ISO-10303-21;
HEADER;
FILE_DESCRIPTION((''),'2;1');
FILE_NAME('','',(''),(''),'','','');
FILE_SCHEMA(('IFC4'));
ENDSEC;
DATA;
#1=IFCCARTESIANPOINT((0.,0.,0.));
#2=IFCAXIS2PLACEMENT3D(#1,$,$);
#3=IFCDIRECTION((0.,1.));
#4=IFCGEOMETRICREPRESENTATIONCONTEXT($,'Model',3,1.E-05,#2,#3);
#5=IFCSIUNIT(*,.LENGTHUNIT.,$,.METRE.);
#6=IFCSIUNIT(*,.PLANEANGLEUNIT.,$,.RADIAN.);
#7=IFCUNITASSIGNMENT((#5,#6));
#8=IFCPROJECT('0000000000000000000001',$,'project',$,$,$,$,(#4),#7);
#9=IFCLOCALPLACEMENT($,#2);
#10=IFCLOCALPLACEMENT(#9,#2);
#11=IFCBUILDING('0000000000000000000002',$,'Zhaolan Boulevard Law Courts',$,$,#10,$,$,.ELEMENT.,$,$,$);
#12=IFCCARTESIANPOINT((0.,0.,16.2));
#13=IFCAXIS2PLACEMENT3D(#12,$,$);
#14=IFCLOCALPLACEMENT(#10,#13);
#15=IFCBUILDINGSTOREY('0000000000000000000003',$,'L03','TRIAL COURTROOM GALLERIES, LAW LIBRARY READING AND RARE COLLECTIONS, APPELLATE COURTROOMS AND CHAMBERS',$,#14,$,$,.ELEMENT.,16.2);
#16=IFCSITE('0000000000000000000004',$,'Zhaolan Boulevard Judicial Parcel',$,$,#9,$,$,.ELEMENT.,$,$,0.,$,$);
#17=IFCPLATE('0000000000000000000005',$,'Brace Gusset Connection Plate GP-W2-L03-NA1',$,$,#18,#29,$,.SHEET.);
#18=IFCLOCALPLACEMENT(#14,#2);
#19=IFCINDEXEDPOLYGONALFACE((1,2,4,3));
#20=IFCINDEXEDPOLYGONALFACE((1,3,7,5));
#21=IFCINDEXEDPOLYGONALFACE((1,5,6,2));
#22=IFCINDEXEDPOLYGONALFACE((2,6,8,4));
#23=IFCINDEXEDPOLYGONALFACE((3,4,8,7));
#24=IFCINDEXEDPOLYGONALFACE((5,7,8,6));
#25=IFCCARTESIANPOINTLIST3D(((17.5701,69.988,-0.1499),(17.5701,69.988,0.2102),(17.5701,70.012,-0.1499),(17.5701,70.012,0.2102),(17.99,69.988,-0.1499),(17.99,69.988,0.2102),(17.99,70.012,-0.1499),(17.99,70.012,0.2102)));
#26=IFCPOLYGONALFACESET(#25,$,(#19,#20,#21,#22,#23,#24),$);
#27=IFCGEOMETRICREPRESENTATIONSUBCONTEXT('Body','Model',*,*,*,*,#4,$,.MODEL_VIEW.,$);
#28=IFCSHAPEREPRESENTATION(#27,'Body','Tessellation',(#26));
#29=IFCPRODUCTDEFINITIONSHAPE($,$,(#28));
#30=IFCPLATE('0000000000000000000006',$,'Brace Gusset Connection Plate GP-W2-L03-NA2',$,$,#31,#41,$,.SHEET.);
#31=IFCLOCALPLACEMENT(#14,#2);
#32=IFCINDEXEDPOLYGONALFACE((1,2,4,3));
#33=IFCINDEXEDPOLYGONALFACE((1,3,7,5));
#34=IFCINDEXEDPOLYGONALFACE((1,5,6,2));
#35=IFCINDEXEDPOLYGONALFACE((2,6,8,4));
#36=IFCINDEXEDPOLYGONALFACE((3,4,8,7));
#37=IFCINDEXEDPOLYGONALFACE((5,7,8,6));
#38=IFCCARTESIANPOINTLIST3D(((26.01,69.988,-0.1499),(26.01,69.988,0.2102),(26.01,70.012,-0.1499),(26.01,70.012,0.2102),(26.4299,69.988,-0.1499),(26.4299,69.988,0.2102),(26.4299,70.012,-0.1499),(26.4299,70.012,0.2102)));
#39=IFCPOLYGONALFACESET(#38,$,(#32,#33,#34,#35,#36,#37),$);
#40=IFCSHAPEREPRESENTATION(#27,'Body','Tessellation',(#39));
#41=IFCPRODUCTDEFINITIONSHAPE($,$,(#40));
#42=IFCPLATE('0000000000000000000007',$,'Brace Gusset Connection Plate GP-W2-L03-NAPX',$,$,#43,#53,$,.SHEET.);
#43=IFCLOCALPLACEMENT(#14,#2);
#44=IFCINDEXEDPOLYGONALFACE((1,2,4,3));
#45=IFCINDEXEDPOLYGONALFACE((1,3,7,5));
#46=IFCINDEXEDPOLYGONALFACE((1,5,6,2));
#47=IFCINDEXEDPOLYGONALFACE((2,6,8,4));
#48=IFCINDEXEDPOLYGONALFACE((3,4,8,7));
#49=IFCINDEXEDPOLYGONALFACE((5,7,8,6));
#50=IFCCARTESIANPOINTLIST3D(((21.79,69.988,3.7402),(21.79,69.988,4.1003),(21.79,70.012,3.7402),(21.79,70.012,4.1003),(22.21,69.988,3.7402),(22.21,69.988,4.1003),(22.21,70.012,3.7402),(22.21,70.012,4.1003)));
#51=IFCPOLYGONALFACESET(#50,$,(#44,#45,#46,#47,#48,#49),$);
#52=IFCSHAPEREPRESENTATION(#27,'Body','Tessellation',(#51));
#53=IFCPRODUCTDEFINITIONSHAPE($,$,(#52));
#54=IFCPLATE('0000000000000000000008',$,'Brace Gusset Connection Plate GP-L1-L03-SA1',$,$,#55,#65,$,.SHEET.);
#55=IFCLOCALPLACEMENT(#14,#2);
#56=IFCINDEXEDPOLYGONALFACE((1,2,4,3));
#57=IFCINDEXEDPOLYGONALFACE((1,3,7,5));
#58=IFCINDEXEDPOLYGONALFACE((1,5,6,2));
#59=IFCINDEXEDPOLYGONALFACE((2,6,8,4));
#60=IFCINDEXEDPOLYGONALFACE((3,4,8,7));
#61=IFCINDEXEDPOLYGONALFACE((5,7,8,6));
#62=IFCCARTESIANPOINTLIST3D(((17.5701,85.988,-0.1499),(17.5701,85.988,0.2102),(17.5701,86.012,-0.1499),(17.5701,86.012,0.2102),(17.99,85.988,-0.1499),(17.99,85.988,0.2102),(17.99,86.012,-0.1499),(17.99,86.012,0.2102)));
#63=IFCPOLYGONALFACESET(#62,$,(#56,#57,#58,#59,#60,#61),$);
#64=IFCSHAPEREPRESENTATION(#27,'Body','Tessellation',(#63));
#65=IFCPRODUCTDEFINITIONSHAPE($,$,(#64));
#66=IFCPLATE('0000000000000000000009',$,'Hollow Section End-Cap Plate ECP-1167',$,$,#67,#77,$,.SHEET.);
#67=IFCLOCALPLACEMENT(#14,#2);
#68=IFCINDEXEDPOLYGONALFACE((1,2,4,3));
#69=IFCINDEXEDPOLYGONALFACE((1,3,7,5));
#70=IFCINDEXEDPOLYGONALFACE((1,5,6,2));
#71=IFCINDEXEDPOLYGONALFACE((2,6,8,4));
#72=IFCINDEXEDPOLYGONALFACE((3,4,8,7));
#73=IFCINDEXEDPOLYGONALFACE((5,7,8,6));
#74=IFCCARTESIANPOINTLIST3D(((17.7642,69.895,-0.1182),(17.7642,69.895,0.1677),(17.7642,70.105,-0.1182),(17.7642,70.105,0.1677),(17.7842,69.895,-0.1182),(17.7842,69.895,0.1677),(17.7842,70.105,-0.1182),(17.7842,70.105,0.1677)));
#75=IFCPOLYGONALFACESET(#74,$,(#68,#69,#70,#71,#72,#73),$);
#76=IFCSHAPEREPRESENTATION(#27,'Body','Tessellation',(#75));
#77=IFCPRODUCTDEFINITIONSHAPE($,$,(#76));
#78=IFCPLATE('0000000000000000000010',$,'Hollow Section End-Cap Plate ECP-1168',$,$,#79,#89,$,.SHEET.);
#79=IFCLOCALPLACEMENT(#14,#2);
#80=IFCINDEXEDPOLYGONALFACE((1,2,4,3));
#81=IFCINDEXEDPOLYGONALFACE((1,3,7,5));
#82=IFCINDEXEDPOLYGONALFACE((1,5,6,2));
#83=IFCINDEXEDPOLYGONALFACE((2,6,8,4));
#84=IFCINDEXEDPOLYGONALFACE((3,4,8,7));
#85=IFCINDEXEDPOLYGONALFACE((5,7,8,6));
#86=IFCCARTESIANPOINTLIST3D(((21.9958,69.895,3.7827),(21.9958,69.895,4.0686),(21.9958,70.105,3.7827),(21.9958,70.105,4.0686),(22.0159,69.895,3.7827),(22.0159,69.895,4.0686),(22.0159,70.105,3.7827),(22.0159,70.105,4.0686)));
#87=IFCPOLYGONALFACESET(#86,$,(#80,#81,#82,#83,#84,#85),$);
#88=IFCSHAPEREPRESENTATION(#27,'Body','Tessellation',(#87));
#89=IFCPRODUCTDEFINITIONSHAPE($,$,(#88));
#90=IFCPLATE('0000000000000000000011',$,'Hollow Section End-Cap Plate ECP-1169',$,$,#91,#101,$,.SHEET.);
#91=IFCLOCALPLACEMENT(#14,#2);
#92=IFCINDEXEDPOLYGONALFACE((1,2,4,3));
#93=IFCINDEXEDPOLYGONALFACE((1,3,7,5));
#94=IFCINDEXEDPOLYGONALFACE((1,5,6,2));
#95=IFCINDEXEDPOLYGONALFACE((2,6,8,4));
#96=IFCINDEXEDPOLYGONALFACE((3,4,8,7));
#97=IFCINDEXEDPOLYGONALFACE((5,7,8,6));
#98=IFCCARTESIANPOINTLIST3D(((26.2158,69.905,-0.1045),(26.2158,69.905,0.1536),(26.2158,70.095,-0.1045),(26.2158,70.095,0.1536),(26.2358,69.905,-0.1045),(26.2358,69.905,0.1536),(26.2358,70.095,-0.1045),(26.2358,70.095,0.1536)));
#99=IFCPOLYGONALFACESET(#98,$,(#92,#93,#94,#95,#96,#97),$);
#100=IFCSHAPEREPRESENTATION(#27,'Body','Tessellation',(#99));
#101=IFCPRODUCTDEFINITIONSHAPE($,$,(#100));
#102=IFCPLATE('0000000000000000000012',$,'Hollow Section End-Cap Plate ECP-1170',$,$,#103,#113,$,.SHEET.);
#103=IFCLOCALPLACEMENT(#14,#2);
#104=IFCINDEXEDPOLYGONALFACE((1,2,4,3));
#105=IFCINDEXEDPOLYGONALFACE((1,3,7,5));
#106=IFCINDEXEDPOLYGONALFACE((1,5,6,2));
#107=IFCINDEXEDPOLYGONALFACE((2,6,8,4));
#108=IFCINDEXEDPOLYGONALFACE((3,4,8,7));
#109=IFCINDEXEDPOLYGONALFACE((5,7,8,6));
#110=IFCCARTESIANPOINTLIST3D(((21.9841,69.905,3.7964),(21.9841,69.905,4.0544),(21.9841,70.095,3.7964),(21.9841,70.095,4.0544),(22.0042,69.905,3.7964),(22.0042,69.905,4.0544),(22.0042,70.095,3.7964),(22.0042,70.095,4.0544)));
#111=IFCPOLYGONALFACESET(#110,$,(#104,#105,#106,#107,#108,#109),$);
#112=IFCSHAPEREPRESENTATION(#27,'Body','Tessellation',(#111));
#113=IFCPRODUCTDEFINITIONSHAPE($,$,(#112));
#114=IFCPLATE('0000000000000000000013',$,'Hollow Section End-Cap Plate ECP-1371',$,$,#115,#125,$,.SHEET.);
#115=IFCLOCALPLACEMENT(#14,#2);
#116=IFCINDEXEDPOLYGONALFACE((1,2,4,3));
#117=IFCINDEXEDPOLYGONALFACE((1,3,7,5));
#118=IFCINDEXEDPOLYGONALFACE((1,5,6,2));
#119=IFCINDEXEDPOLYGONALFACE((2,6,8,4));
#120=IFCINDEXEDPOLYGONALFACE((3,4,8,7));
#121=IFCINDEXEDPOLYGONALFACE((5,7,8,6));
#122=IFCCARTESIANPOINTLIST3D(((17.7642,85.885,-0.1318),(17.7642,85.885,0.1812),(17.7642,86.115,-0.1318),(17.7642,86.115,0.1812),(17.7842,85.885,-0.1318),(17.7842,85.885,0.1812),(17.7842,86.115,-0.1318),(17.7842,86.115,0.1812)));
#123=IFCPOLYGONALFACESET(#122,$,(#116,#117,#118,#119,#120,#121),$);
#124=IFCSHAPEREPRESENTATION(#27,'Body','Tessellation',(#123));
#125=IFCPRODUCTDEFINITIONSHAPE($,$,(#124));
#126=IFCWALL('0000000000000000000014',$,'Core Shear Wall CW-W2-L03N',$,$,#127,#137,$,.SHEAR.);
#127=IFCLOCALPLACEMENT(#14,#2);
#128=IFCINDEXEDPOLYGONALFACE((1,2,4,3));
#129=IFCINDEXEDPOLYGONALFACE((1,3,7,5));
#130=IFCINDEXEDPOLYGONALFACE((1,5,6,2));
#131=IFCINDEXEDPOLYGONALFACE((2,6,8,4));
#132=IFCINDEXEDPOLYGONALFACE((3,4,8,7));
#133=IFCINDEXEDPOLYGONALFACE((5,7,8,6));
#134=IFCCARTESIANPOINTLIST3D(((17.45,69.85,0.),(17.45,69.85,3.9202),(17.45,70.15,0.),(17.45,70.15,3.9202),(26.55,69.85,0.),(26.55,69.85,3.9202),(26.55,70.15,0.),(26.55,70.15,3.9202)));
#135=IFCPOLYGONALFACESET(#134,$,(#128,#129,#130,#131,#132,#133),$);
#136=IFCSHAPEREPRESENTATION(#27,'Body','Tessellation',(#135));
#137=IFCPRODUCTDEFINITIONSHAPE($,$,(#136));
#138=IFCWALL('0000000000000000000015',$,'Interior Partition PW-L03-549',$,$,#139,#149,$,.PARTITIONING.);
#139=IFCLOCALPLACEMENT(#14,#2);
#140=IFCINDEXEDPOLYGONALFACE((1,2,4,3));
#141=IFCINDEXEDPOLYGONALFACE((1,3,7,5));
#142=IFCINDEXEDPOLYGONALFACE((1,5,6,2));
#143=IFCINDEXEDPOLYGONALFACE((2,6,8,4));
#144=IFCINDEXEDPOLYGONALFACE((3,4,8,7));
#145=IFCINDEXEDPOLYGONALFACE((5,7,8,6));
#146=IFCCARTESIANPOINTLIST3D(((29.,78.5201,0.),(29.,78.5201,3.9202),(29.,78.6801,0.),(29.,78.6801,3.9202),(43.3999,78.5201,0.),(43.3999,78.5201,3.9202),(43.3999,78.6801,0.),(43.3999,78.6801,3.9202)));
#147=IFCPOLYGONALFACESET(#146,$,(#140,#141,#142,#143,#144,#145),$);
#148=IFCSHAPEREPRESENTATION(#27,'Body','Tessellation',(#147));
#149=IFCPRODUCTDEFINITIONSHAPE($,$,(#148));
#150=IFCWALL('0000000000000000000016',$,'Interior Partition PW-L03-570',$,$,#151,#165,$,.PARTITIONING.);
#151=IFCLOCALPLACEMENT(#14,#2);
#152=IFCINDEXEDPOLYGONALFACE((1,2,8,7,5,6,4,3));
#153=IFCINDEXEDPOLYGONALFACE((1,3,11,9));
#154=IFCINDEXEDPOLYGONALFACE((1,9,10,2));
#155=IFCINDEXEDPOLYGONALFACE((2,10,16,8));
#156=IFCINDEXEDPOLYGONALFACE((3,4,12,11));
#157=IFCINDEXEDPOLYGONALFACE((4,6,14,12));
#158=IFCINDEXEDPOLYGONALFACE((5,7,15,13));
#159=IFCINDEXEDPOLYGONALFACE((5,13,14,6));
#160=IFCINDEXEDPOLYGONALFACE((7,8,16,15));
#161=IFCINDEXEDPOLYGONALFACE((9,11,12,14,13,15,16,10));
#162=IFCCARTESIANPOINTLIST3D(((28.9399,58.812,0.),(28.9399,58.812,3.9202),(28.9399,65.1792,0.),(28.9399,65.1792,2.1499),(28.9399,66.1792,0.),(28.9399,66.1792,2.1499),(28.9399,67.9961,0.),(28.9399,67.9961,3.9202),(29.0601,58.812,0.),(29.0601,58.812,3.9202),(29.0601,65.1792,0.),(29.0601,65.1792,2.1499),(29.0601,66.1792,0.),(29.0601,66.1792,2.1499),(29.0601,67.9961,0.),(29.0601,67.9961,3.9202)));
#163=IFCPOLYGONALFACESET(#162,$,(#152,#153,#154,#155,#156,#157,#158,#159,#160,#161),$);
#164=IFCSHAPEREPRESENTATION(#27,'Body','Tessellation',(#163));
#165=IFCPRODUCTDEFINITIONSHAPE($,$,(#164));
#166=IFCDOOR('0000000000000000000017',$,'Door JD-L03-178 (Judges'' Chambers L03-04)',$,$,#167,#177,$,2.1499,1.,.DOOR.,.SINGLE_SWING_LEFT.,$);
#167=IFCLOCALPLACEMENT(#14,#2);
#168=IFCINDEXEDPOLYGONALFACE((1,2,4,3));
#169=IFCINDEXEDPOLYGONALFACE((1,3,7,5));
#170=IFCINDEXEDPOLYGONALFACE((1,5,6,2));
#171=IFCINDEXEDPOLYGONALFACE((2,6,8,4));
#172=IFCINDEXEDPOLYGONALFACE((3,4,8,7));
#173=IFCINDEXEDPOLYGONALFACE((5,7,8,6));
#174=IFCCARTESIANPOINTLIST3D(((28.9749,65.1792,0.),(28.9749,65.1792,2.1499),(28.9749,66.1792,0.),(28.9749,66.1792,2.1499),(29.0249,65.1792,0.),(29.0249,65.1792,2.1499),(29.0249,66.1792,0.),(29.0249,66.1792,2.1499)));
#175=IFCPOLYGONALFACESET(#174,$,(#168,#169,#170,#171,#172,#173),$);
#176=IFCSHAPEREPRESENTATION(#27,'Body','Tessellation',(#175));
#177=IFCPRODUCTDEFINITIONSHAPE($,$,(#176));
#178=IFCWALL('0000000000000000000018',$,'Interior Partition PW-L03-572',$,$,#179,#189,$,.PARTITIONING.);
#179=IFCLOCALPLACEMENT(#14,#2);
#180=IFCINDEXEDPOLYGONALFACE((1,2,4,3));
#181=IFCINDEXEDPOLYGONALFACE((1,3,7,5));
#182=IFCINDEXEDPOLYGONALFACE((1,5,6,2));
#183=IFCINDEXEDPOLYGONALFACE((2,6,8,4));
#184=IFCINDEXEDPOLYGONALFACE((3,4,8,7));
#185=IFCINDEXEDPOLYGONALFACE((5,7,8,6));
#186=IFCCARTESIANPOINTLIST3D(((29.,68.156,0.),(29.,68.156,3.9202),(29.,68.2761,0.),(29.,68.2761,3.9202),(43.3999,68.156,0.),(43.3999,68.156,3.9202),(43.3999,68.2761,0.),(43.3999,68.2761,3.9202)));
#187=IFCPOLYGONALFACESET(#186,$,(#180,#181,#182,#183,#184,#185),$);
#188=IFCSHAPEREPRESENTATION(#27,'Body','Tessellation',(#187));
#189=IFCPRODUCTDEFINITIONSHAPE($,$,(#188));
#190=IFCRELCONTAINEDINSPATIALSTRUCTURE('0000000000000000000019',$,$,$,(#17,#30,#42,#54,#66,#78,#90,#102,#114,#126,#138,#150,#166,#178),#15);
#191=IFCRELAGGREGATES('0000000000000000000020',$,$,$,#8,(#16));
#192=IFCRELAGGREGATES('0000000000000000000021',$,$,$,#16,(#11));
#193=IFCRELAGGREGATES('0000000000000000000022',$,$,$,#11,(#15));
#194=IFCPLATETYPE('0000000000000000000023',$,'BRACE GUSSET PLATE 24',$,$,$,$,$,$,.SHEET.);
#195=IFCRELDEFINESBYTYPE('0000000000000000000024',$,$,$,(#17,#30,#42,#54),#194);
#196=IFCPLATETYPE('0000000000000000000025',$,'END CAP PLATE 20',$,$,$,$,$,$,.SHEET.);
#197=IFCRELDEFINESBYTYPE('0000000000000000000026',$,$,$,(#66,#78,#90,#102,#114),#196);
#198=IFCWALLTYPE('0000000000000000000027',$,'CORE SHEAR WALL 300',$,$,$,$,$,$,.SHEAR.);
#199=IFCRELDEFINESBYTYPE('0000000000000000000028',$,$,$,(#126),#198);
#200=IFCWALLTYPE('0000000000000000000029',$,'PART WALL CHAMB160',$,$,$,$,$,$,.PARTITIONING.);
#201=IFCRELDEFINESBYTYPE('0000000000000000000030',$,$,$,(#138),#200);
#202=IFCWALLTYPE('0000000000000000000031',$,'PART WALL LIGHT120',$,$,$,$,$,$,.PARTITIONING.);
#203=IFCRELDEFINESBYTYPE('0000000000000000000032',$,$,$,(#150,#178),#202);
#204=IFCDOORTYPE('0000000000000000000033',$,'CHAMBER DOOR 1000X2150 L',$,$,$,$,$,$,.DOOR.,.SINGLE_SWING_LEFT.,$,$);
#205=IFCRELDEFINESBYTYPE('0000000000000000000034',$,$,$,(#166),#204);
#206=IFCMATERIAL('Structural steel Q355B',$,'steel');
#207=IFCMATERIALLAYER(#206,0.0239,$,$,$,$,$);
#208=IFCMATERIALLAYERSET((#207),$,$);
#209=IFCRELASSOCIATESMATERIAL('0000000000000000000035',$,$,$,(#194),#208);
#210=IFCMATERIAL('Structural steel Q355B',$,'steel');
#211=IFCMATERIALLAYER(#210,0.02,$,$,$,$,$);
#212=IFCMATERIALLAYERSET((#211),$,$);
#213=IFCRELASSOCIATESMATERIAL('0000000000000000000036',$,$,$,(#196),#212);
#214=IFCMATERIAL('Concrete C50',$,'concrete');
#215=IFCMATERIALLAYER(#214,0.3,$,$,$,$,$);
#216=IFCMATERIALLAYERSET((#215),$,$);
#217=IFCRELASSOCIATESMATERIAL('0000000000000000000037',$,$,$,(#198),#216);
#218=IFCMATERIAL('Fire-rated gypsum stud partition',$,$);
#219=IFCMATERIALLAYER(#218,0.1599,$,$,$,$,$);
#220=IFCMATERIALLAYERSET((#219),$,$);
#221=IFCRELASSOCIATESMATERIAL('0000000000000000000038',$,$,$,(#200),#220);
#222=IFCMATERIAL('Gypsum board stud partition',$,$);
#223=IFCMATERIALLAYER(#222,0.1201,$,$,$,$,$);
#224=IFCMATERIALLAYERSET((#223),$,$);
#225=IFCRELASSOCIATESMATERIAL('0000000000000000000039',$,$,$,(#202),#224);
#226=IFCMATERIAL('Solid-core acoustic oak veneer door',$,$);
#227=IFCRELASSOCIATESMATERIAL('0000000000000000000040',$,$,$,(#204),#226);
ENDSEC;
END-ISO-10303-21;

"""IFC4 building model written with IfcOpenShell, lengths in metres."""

from ifc_helpers import new_model, si_unit, direction, frame, frame_2d, origin, origin_2d, place, context, subcontext, project, spatial, rectangle, extrude, material, layer, layer_set, type_object, element, fill, save


model = new_model("IFC4")

# Units and contexts
model_context = context("Model", 3, precision=1e-05, world=origin(), true_north=direction((0.0, 1.0)))
body_context = subcontext(model_context, "Body", "Model", "MODEL_VIEW")
ifc_project = project(units=[si_unit("LENGTHUNIT", "METRE"), si_unit("PLANEANGLEUNIT", "RADIAN")], contexts=[model_context])

# Site, building, storey
site_placement = place(None, origin())
site = spatial("IfcSite", under=ifc_project, at=site_placement, Name="Zhaolan Boulevard Judicial Parcel", CompositionType="ELEMENT", RefElevation=0.0)
building_placement = place(site_placement, origin())
building = spatial("IfcBuilding", under=site, at=building_placement, Name="Zhaolan Boulevard Law Courts", CompositionType="ELEMENT")
storey_placement = place(building_placement, frame((0.0, 0.0, 16.2)))
storey = spatial("IfcBuildingStorey", under=building, at=storey_placement, Name="L03", Description="TRIAL COURTROOM GALLERIES, LAW LIBRARY READING AND RARE COLLECTIONS, APPELLATE COURTROOMS AND CHAMBERS", CompositionType="ELEMENT", Elevation=16.2)

# Plates
ifc_material_1 = material(Name="Structural steel Q355B", Category="steel")
ifc_layer_1 = layer(ifc_material_1, 0.0239)
ifc_layer_set_1 = layer_set([ifc_layer_1])
plate_type_1 = type_object("IfcPlateType", Name="BRACE GUSSET PLATE 24", PredefinedType="SHEET", material=ifc_layer_set_1)
for number, where, z_axis, x_axis, name in (
    (1, (17.78, 70.0, -0.1499), (0.0, 0.0, 1.0), (1.0, 0.0, 0.0), "Brace Gusset Connection Plate GP-W2-L03-NA1"),
    (2, (26.22, 70.0, -0.1499), (0.0, 0.0, 1.0), (1.0, 0.0, 0.0), "Brace Gusset Connection Plate GP-W2-L03-NA2"),
    (3, (22.0, 70.0, 3.7402), (0.0, 0.0, 1.0), (1.0, 0.0, 0.0), "Brace Gusset Connection Plate GP-W2-L03-NAPX"),
    (4, (17.78, 86.0, -0.1499), (0.0, 0.0, 1.0), (1.0, 0.0, 0.0), "Brace Gusset Connection Plate GP-L1-L03-SA1"),
):
    element("IfcPlate", number, at=place(storey_placement, frame(where, z_axis=z_axis, x_axis=x_axis)), inside=storey, type_object=plate_type_1, Name=name, PredefinedType="SHEET", context=body_context, shape_type="SweptSolid", body=[
        extrude(rectangle(XDim=0.4199, YDim=0.0239, at=origin_2d()), origin(), (0.0, 0.0, 1.0), 0.3601),
    ])
ifc_material_2 = material(Name="Structural steel Q355B", Category="steel")
ifc_layer_2 = layer(ifc_material_2, 0.02)
ifc_layer_set_2 = layer_set([ifc_layer_2])
plate_type_2 = type_object("IfcPlateType", Name="END CAP PLATE 20", PredefinedType="SHEET", material=ifc_layer_set_2)
for number, where, z_axis, x_axis, name in (
    (5, (17.7742, 70.0, -0.1182), (0.0, 0.0, 1.0), (1.0, 0.0, 0.0), "Hollow Section End-Cap Plate ECP-1167"),
    (6, (22.0059, 70.0, 3.7827), (0.0, 0.0, 1.0), (1.0, 0.0, 0.0), "Hollow Section End-Cap Plate ECP-1168"),
):
    element("IfcPlate", number, at=place(storey_placement, frame(where, z_axis=z_axis, x_axis=x_axis)), inside=storey, type_object=plate_type_2, Name=name, PredefinedType="SHEET", context=body_context, shape_type="SweptSolid", body=[
        extrude(rectangle(XDim=0.02, YDim=0.21, at=origin_2d()), origin(), (0.0, 0.0, 1.0), 0.2859),
    ])
for number, where, z_axis, x_axis, name in (
    (7, (26.2258, 70.0, -0.1045), (0.0, 0.0, 1.0), (-1.0, 0.0, 0.0), "Hollow Section End-Cap Plate ECP-1169"),
    (8, (21.9941, 70.0, 3.7964), (0.0, 0.0, 1.0), (-1.0, 0.0, 0.0), "Hollow Section End-Cap Plate ECP-1170"),
):
    element("IfcPlate", number, at=place(storey_placement, frame(where, z_axis=z_axis, x_axis=x_axis)), inside=storey, type_object=plate_type_2, Name=name, PredefinedType="SHEET", context=body_context, shape_type="SweptSolid", body=[
        extrude(rectangle(XDim=0.02, YDim=0.1899, at=origin_2d()), origin(), (0.0, 0.0, 1.0), 0.2581),
    ])
plate_placement = place(storey_placement, frame((17.7742, 86.0, -0.1318), z_axis=(0.0, 0.0, 1.0), x_axis=(1.0, 0.0, 0.0)))
element("IfcPlate", 9, at=plate_placement, inside=storey, type_object=plate_type_2, Name="Hollow Section End-Cap Plate ECP-1371", PredefinedType="SHEET", context=body_context, shape_type="SweptSolid", body=[
    extrude(rectangle(XDim=0.02, YDim=0.23, at=origin_2d()), origin(), (0.0, 0.0, 1.0), 0.313),
])

# Walls
ifc_material_3 = material(Name="Concrete C50", Category="concrete")
ifc_layer_3 = layer(ifc_material_3, 0.3)
ifc_layer_set_3 = layer_set([ifc_layer_3])
wall_type_1 = type_object("IfcWallType", Name="CORE SHEAR WALL 300", PredefinedType="SHEAR", material=ifc_layer_set_3)
wall_1_placement = place(storey_placement, frame((26.55, 70.0, 0.0), z_axis=(0.0, 0.0, 1.0), x_axis=(-1.0, 0.0, 0.0)))
element("IfcWall", 10, at=wall_1_placement, inside=storey, type_object=wall_type_1, Name="Core Shear Wall CW-W2-L03N", PredefinedType="SHEAR", context=body_context, shape_type="SweptSolid", body=[
    extrude(rectangle(XDim=9.1001, YDim=0.3, at=frame_2d((4.55, 0.0))), origin(), (0.0, 0.0, 1.0), 3.9202),
])
ifc_material_4 = material(Name="Fire-rated gypsum stud partition")
ifc_layer_4 = layer(ifc_material_4, 0.1599)
ifc_layer_set_4 = layer_set([ifc_layer_4])
wall_type_2 = type_object("IfcWallType", Name="PART WALL CHAMB160", PredefinedType="PARTITIONING", material=ifc_layer_set_4)
wall_2_placement = place(storey_placement, frame((29.0, 78.6001, 0.0), z_axis=(0.0, 0.0, 1.0), x_axis=(1.0, 0.0, 0.0)))
element("IfcWall", 11, at=wall_2_placement, inside=storey, type_object=wall_type_2, Name="Interior Partition PW-L03-549", PredefinedType="PARTITIONING", context=body_context, shape_type="SweptSolid", body=[
    extrude(rectangle(XDim=14.3999, YDim=0.1599, at=frame_2d((7.2, 0.0))), origin(), (0.0, 0.0, 1.0), 3.9202),
])

# Wall, opening, door
ifc_material_5 = material(Name="Gypsum board stud partition")
ifc_layer_5 = layer(ifc_material_5, 0.1201)
ifc_layer_set_5 = layer_set([ifc_layer_5])
wall_type_3 = type_object("IfcWallType", Name="PART WALL LIGHT120", PredefinedType="PARTITIONING", material=ifc_layer_set_5)
wall_3_placement = place(storey_placement, frame((29.0, 67.9961, 0.0), z_axis=(0.0, 0.0, 1.0), x_axis=(0.0, -1.0, 0.0)))
wall_3 = element("IfcWall", 12, at=wall_3_placement, inside=storey, type_object=wall_type_3, Name="Interior Partition PW-L03-570", PredefinedType="PARTITIONING", context=body_context, shape_type="SweptSolid", body=[
    extrude(rectangle(XDim=9.1841, YDim=0.1201, at=frame_2d((4.592, 0.0))), origin(), (0.0, 0.0, 1.0), 3.9202),
])
opening_1_placement = place(wall_3_placement, frame((1.8169, 0.0, 0.0)))
opening_1 = element("IfcOpeningElement", 13, at=opening_1_placement, cuts=wall_3, PredefinedType="OPENING", context=body_context, shape_type="SweptSolid", body=[
    extrude(rectangle(XDim=1.0, YDim=2.1499, at=frame_2d((0.5, 1.075))), frame((0.0, 0.0701, 0.0), z_axis=(0.0, -1.0, 0.0), x_axis=(1.0, 0.0, 0.0)), (0.0, 0.0, 1.0), 0.1401),
])
ifc_material_6 = material(Name="Solid-core acoustic oak veneer door")
door_type_1 = type_object("IfcDoorType", Name="CHAMBER DOOR 1000X2150 L", OperationType="SINGLE_SWING_LEFT", PredefinedType="DOOR", material=ifc_material_6)
door_1_placement = place(opening_1_placement, origin())
door_1 = element("IfcDoor", 14, at=door_1_placement, inside=storey, type_object=door_type_1, Name="Door JD-L03-178 (Judges' Chambers L03-04)", OperationType="SINGLE_SWING_LEFT", OverallHeight=2.1499, OverallWidth=1.0, PredefinedType="DOOR", context=body_context, shape_type="SweptSolid", body=[
    extrude(rectangle(XDim=1.0, YDim=2.1499, at=frame_2d((0.5, 1.075))), frame((0.0, 0.0249, 0.0), z_axis=(0.0, -1.0, 0.0), x_axis=(1.0, 0.0, 0.0)), (0.0, 0.0, 1.0), 0.05),
])
fill(opening_1, door_1)

# Wall
wall_4_placement = place(storey_placement, frame((29.0, 68.2161, 0.0), z_axis=(0.0, 0.0, 1.0), x_axis=(1.0, 0.0, 0.0)))
element("IfcWall", 15, at=wall_4_placement, inside=storey, type_object=wall_type_3, Name="Interior Partition PW-L03-572", PredefinedType="PARTITIONING", context=body_context, shape_type="SweptSolid", body=[
    extrude(rectangle(XDim=14.3999, YDim=0.1201, at=frame_2d((7.2, 0.0))), origin(), (0.0, 0.0, 1.0), 3.9202),
])

save(model, "model.ifc")
